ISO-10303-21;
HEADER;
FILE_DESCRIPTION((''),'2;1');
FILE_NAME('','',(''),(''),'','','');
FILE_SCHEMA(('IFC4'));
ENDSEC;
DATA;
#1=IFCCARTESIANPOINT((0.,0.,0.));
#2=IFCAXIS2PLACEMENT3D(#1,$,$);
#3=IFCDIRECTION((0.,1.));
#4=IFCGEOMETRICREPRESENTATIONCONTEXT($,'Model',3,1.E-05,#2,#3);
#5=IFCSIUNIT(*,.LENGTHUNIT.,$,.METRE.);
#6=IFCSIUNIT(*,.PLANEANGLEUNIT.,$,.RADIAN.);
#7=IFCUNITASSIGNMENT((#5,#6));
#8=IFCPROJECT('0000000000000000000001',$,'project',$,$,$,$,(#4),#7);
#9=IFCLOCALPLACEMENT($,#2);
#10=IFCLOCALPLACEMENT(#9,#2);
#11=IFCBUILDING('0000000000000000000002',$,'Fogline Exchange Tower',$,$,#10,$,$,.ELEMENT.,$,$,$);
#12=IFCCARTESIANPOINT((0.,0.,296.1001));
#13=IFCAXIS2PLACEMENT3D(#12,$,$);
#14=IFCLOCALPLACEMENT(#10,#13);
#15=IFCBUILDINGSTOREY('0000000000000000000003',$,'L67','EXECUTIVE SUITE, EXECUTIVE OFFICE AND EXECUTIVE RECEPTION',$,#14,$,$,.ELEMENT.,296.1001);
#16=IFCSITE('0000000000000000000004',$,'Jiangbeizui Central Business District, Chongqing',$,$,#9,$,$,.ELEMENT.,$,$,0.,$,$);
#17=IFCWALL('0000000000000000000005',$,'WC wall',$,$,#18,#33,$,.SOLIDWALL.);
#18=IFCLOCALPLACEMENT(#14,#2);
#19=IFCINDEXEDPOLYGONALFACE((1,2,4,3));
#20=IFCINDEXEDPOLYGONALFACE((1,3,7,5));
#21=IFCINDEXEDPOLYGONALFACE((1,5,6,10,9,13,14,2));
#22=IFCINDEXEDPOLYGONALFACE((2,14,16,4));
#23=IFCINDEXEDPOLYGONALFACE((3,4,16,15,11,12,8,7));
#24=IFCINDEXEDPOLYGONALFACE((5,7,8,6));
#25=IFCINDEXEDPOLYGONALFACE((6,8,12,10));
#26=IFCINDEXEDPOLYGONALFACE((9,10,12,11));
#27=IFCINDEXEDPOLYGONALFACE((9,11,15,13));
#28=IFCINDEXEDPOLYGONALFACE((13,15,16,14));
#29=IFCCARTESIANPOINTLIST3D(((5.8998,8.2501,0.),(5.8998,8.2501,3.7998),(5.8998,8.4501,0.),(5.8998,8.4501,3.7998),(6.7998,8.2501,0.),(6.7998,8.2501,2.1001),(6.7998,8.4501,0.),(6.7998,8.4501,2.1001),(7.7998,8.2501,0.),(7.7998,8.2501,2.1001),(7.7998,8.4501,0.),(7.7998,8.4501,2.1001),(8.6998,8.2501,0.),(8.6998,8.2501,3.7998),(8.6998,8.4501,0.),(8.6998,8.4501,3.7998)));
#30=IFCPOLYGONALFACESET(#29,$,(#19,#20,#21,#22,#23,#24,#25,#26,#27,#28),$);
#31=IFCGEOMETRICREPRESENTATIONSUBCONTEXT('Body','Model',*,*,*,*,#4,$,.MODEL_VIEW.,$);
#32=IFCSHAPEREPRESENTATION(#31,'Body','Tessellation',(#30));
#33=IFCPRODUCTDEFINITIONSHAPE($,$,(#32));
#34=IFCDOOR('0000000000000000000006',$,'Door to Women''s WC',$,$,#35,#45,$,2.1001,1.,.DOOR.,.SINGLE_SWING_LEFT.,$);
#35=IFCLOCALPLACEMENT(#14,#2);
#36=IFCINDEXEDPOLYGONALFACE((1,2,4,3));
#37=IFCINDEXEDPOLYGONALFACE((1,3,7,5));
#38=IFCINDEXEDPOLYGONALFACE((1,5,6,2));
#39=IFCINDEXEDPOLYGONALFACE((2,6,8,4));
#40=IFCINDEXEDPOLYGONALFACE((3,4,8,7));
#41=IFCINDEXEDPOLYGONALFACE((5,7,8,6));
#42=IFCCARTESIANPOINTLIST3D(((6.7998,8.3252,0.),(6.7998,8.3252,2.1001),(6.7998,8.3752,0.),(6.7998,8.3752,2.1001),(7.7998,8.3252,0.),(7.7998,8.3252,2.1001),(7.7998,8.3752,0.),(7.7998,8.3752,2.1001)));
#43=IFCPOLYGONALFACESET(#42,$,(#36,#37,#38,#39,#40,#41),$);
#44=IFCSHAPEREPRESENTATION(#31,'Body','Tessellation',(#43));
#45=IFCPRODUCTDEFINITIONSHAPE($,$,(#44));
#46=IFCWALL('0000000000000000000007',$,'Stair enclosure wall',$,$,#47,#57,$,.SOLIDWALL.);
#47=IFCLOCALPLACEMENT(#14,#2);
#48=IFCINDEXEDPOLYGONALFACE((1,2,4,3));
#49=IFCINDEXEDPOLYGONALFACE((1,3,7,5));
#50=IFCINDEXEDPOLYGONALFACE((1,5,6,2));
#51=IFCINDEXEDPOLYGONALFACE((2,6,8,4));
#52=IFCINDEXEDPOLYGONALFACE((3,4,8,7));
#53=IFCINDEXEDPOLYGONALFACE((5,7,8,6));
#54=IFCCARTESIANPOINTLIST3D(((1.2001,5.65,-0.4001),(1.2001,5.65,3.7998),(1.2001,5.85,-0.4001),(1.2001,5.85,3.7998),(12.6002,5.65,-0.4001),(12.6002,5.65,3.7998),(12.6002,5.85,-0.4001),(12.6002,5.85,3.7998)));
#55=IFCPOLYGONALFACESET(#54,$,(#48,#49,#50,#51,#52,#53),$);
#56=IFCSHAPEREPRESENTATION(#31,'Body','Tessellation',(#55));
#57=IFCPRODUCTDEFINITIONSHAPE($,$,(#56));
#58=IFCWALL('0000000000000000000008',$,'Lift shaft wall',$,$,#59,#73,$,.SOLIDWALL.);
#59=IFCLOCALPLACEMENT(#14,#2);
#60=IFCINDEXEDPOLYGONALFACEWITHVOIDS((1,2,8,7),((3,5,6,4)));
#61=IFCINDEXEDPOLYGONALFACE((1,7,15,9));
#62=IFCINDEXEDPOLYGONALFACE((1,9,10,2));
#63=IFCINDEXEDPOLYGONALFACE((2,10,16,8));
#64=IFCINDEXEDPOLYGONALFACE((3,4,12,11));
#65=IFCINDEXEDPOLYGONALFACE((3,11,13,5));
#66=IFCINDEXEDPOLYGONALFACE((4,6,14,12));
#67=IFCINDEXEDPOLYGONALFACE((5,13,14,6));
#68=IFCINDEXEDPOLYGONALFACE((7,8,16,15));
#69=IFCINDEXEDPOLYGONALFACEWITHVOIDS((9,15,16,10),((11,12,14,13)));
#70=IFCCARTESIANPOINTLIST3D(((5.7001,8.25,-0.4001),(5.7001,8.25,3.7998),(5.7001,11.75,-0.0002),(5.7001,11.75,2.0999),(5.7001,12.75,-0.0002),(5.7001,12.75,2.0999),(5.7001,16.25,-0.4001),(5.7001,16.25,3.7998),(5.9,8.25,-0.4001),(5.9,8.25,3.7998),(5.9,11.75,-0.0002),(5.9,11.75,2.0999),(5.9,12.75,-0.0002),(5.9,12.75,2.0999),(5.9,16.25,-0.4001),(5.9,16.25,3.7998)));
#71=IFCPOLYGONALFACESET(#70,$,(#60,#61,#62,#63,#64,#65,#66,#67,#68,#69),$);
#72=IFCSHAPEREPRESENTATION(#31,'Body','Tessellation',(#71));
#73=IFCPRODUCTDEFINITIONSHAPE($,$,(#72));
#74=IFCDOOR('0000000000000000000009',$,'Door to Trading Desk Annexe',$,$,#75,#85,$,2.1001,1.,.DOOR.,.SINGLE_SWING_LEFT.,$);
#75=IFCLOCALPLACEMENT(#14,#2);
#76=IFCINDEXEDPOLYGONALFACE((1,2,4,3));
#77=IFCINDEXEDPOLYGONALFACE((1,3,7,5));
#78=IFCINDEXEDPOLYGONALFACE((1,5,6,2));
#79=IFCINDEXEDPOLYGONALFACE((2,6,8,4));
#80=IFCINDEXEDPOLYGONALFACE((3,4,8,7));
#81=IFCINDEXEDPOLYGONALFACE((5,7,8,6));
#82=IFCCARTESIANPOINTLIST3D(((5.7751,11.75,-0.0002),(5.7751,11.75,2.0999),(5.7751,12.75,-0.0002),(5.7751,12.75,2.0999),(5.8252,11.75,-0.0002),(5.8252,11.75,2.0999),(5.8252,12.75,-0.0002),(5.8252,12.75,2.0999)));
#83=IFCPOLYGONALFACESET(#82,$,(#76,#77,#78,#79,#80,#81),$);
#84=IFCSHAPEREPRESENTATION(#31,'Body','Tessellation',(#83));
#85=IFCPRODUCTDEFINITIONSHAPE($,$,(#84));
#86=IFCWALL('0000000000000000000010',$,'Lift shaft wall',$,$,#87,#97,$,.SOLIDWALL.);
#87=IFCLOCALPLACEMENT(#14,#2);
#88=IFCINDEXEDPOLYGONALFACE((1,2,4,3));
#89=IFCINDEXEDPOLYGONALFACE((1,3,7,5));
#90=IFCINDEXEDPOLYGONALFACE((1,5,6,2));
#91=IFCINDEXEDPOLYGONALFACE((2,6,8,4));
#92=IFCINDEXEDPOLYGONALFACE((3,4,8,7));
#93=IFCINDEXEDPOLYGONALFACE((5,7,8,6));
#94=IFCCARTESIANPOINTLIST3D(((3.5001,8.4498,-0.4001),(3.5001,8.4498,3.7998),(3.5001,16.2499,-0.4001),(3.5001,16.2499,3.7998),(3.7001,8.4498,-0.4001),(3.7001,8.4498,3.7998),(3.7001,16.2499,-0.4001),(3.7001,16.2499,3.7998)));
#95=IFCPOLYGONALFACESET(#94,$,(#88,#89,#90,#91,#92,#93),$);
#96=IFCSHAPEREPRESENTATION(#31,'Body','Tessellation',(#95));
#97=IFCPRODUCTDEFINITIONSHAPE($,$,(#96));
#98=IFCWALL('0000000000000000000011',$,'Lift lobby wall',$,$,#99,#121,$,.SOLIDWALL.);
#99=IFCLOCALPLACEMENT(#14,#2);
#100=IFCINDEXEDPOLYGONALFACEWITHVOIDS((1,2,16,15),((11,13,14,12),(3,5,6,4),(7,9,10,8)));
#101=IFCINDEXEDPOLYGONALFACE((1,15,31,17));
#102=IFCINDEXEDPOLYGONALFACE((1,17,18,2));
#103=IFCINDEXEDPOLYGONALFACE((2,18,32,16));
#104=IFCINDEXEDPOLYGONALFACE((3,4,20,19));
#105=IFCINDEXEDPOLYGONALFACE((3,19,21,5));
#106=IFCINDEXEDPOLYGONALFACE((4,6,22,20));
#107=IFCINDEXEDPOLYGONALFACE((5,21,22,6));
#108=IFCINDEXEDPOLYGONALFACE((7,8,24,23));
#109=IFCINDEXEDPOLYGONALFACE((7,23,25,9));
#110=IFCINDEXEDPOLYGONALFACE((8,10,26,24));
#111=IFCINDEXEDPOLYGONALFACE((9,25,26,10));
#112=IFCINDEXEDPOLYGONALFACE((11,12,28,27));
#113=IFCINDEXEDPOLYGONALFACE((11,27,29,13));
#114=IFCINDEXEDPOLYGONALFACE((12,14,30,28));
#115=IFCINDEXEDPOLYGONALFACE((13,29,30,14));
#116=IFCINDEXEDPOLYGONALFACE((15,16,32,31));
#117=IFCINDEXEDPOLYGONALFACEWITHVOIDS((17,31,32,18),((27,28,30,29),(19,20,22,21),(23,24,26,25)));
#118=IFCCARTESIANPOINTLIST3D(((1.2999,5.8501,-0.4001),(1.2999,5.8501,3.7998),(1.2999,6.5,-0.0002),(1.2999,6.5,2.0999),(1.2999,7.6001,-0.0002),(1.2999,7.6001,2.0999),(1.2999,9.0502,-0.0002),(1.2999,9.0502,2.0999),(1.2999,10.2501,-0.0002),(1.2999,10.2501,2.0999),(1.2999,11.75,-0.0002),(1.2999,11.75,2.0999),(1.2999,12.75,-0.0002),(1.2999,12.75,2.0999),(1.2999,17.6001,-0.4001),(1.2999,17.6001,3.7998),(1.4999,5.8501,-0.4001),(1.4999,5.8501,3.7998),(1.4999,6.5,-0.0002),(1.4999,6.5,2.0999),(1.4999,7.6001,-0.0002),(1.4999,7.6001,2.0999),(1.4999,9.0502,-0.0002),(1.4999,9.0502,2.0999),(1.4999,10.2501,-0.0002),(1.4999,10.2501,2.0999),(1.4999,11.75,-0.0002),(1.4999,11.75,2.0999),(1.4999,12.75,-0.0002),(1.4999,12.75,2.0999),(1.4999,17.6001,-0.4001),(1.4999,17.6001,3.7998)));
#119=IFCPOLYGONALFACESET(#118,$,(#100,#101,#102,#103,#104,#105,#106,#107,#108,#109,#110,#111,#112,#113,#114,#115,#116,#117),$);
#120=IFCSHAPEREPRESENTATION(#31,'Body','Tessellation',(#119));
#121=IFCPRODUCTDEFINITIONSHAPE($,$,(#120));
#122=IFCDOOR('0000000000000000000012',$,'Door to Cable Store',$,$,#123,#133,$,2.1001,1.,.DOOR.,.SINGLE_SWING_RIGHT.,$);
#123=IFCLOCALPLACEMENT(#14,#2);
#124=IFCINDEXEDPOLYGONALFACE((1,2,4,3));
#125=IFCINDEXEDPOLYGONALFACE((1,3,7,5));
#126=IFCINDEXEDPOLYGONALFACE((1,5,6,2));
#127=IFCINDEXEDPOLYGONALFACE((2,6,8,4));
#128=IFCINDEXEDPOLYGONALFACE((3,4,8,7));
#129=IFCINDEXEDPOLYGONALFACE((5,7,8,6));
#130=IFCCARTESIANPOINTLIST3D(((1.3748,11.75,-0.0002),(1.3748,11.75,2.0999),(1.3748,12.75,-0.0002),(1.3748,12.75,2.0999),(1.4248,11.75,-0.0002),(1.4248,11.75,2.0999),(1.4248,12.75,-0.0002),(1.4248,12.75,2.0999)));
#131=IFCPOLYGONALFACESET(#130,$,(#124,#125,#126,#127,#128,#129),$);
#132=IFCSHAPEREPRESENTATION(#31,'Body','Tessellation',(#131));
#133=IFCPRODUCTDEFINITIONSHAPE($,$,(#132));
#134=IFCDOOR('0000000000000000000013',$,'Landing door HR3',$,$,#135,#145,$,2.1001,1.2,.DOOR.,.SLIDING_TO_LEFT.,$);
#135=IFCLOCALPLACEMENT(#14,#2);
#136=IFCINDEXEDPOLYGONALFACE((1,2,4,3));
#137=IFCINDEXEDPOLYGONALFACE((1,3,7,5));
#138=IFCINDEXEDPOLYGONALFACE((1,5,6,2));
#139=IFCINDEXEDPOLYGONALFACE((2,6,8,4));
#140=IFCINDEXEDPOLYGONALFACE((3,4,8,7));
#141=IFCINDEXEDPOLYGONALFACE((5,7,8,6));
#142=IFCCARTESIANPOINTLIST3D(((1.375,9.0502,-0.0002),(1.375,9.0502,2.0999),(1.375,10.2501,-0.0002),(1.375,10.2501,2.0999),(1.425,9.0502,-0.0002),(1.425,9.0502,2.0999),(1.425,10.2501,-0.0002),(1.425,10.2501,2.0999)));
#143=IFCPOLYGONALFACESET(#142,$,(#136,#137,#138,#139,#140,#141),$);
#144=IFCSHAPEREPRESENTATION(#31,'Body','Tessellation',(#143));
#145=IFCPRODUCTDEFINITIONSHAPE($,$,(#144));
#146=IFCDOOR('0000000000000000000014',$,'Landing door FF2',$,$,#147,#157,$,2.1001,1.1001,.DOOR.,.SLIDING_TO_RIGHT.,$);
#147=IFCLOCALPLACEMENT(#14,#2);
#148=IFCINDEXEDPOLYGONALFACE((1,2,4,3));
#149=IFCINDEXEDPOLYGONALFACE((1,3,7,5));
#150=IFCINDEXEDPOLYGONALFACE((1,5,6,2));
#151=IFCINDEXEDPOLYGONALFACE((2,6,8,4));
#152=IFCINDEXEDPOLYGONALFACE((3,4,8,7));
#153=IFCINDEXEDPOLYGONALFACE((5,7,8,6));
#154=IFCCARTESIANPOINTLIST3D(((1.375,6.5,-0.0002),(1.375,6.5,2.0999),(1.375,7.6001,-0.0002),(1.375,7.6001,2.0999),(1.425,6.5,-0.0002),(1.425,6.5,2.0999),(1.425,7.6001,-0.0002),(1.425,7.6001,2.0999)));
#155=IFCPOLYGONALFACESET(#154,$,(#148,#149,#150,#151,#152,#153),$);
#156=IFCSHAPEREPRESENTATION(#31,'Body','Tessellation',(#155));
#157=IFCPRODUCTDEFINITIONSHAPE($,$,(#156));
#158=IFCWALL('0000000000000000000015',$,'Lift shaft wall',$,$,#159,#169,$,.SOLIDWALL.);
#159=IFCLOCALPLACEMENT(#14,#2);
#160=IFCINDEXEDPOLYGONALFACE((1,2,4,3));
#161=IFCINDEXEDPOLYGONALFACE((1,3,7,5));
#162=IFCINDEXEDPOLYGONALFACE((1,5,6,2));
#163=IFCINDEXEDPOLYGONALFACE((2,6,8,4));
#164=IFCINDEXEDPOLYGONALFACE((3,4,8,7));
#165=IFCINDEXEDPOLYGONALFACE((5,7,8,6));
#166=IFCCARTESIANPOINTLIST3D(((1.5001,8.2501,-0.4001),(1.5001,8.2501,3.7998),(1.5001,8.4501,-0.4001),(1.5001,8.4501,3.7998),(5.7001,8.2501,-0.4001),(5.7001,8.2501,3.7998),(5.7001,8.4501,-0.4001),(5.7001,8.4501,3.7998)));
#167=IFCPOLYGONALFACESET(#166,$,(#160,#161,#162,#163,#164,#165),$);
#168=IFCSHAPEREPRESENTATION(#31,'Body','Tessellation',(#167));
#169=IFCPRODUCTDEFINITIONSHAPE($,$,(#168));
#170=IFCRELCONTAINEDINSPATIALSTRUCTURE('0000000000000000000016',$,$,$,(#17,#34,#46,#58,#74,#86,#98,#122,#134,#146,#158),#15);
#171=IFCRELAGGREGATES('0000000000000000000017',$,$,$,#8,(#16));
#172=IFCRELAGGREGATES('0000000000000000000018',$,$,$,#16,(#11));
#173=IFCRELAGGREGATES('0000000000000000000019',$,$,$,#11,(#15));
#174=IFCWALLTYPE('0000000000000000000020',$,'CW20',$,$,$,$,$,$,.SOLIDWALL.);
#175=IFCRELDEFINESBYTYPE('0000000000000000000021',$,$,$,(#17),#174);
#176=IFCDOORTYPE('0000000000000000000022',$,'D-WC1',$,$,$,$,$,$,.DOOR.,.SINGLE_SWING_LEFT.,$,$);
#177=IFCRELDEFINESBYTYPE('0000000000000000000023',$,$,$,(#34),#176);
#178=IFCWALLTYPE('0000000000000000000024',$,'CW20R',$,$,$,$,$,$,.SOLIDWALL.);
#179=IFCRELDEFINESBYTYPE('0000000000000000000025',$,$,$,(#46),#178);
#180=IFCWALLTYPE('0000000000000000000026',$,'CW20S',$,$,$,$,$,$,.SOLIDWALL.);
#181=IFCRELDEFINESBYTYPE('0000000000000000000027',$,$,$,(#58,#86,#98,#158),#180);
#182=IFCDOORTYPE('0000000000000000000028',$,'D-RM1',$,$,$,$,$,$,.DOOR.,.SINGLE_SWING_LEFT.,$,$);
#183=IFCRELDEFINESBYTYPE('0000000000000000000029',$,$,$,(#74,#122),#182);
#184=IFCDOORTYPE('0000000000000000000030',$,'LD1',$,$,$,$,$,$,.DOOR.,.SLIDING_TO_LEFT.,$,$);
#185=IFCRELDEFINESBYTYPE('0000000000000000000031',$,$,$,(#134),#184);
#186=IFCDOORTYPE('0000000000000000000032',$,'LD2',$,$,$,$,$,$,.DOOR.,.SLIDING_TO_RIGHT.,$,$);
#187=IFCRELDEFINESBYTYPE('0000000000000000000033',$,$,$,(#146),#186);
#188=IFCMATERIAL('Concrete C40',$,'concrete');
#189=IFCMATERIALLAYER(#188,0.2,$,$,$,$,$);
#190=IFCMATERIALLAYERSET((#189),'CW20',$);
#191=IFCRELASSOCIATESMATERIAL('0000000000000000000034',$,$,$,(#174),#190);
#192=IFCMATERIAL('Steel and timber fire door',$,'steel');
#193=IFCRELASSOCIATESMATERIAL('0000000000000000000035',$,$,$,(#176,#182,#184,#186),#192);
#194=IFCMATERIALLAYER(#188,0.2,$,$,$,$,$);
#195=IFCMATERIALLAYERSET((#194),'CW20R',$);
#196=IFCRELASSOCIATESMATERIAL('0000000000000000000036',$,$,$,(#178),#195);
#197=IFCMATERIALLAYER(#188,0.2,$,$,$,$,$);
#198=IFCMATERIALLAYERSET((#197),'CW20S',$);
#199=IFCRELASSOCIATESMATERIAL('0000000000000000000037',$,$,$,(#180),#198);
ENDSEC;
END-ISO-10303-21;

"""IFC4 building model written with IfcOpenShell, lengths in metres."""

from ifc_helpers import new_model, si_unit, direction, frame, frame_2d, origin, place, context, subcontext, project, spatial, rectangle, extrude, material, layer, layer_set, type_object, element, fill, save


model = new_model("IFC4")

# Units and contexts
model_context = context("Model", 3, precision=1e-05, world=origin(), true_north=direction((0.0, 1.0)))
body_context = subcontext(model_context, "Body", "Model", "MODEL_VIEW")
ifc_project = project(units=[si_unit("LENGTHUNIT", "METRE"), si_unit("PLANEANGLEUNIT", "RADIAN")], contexts=[model_context])

# Site, building, storey
site_placement = place(None, origin())
site = spatial("IfcSite", under=ifc_project, at=site_placement, Name="Jiangbeizui Central Business District, Chongqing", CompositionType="ELEMENT", RefElevation=0.0)
building_placement = place(site_placement, origin())
building = spatial("IfcBuilding", under=site, at=building_placement, Name="Fogline Exchange Tower", CompositionType="ELEMENT")
storey_placement = place(building_placement, frame((0.0, 0.0, 296.1001)))
storey = spatial("IfcBuildingStorey", under=building, at=storey_placement, Name="L67", Description="EXECUTIVE SUITE, EXECUTIVE OFFICE AND EXECUTIVE RECEPTION", CompositionType="ELEMENT", Elevation=296.1001)

# Shared definitions
ifc_material_1 = material(Name="Concrete C40", Category="concrete")

# Wall, opening, door
ifc_layer_1 = layer(ifc_material_1, 0.2)
ifc_layer_set_1 = layer_set([ifc_layer_1], Name="CW20")
wall_type_1 = type_object("IfcWallType", Name="CW20", PredefinedType="SOLIDWALL", material=ifc_layer_set_1)
wall_1_placement = place(storey_placement, frame((5.8999, 8.3501, 0.0), z_axis=(0.0, 0.0, 1.0), x_axis=(1.0, 0.0, 0.0)))
wall_1 = element("IfcWall", 1, at=wall_1_placement, inside=storey, type_object=wall_type_1, Name="WC wall", PredefinedType="SOLIDWALL", context=body_context, shape_type="SweptSolid", body=[
    extrude(rectangle(XDim=2.8, YDim=0.2, at=frame_2d((1.3999, 0.0))), origin(), (0.0, 0.0, 1.0), 3.7998),
])
opening_1_placement = place(wall_1_placement, frame((0.8999, 0.0, 0.0)))
opening_1 = element("IfcOpeningElement", 2, at=opening_1_placement, cuts=wall_1, PredefinedType="OPENING", context=body_context, shape_type="SweptSolid", body=[
    extrude(rectangle(XDim=1.0, YDim=2.1001, at=frame_2d((0.5, 1.05))), frame((0.0, 0.1099, 0.0), z_axis=(0.0, -1.0, 0.0), x_axis=(1.0, 0.0, 0.0)), (0.0, 0.0, 1.0), 0.22),
])
ifc_material_2 = material(Name="Steel and timber fire door", Category="steel")
door_type_1 = type_object("IfcDoorType", Name="D-WC1", OperationType="SINGLE_SWING_LEFT", PredefinedType="DOOR", material=ifc_material_2)
door_1_placement = place(opening_1_placement, frame((1.0, 0.0, 0.0), z_axis=(0.0, 0.0, 1.0), x_axis=(-1.0, 0.0, 0.0)))
door_1 = element("IfcDoor", 3, at=door_1_placement, inside=storey, type_object=door_type_1, Name="Door to Women's WC", OperationType="SINGLE_SWING_LEFT", OverallHeight=2.1001, OverallWidth=1.0, PredefinedType="DOOR", context=body_context, shape_type="SweptSolid", body=[
    extrude(rectangle(XDim=1.0, YDim=2.1001, at=frame_2d((0.5, 1.05))), frame((0.0, 0.0249, 0.0), z_axis=(0.0, -1.0, 0.0), x_axis=(1.0, 0.0, 0.0)), (0.0, 0.0, 1.0), 0.05),
])
fill(opening_1, door_1)

# Wall
ifc_layer_2 = layer(ifc_material_1, 0.2)
ifc_layer_set_2 = layer_set([ifc_layer_2], Name="CW20R")
wall_type_2 = type_object("IfcWallType", Name="CW20R", PredefinedType="SOLIDWALL", material=ifc_layer_set_2)
wall_2_placement = place(storey_placement, frame((1.2, 5.75, -0.4001), z_axis=(0.0, 0.0, 1.0), x_axis=(1.0, 0.0, 0.0)))
element("IfcWall", 4, at=wall_2_placement, inside=storey, type_object=wall_type_2, Name="Stair enclosure wall", PredefinedType="SOLIDWALL", context=body_context, shape_type="SweptSolid", body=[
    extrude(rectangle(XDim=11.4001, YDim=0.2, at=frame_2d((5.7002, 0.0))), origin(), (0.0, 0.0, 1.0), 4.2),
])

# Wall, opening, door
ifc_layer_3 = layer(ifc_material_1, 0.2)
ifc_layer_set_3 = layer_set([ifc_layer_3], Name="CW20S")
wall_type_3 = type_object("IfcWallType", Name="CW20S", PredefinedType="SOLIDWALL", material=ifc_layer_set_3)
wall_3_placement = place(storey_placement, frame((5.8, 8.25, -0.4001), z_axis=(0.0, 0.0, 1.0), x_axis=(0.0, 1.0, 0.0)))
wall_3 = element("IfcWall", 5, at=wall_3_placement, inside=storey, type_object=wall_type_3, Name="Lift shaft wall", PredefinedType="SOLIDWALL", context=body_context, shape_type="SweptSolid", body=[
    extrude(rectangle(XDim=8.0, YDim=0.2, at=frame_2d((4.0, 0.0))), origin(), (0.0, 0.0, 1.0), 4.2),
])
opening_2_placement = place(wall_3_placement, frame((3.5, 0.0, 0.3999)))
opening_2 = element("IfcOpeningElement", 6, at=opening_2_placement, cuts=wall_3, PredefinedType="OPENING", context=body_context, shape_type="SweptSolid", body=[
    extrude(rectangle(XDim=1.0, YDim=2.1001, at=frame_2d((0.5, 1.05))), frame((0.0, 0.1099, 0.0), z_axis=(0.0, -1.0, 0.0), x_axis=(1.0, 0.0, 0.0)), (0.0, 0.0, 1.0), 0.22),
])
door_type_2 = type_object("IfcDoorType", Name="D-RM1", OperationType="SINGLE_SWING_LEFT", PredefinedType="DOOR", material=ifc_material_2)
door_2_placement = place(opening_2_placement, origin())
door_2 = element("IfcDoor", 7, at=door_2_placement, inside=storey, type_object=door_type_2, Name="Door to Trading Desk Annexe", OperationType="SINGLE_SWING_LEFT", OverallHeight=2.1001, OverallWidth=1.0, PredefinedType="DOOR", context=body_context, shape_type="SweptSolid", body=[
    extrude(rectangle(XDim=1.0, YDim=2.1001, at=frame_2d((0.5, 1.05))), frame((0.0, 0.0249, 0.0), z_axis=(0.0, -1.0, 0.0), x_axis=(1.0, 0.0, 0.0)), (0.0, 0.0, 1.0), 0.05),
])
fill(opening_2, door_2)

# Wall
wall_4_placement = place(storey_placement, frame((3.6001, 8.45, -0.4001), z_axis=(0.0, 0.0, 1.0), x_axis=(0.0, 1.0, 0.0)))
element("IfcWall", 8, at=wall_4_placement, inside=storey, type_object=wall_type_3, Name="Lift shaft wall", PredefinedType="SOLIDWALL", context=body_context, shape_type="SweptSolid", body=[
    extrude(rectangle(XDim=7.8, YDim=0.2, at=frame_2d((3.8999, 0.0))), origin(), (0.0, 0.0, 1.0), 4.2),
])

# Wall, openings, doors
wall_5_placement = place(storey_placement, frame((1.3999, 5.8501, -0.4001), z_axis=(0.0, 0.0, 1.0), x_axis=(0.0, 1.0, 0.0)))
wall_5 = element("IfcWall", 9, at=wall_5_placement, inside=storey, type_object=wall_type_3, Name="Lift lobby wall", PredefinedType="SOLIDWALL", context=body_context, shape_type="SweptSolid", body=[
    extrude(rectangle(XDim=11.75, YDim=0.2, at=frame_2d((5.875, 0.0))), origin(), (0.0, 0.0, 1.0), 4.2),
])
opening_3_placement = place(wall_5_placement, frame((3.2, 0.0, 0.3999)))
opening_3 = element("IfcOpeningElement", 10, at=opening_3_placement, cuts=wall_5, PredefinedType="OPENING", context=body_context, shape_type="SweptSolid", body=[
    extrude(rectangle(XDim=1.2, YDim=2.1001, at=frame_2d((0.6001, 1.05))), frame((0.0, 0.1099, 0.0), z_axis=(0.0, -1.0, 0.0), x_axis=(1.0, 0.0, 0.0)), (0.0, 0.0, 1.0), 0.22),
])
opening_4_placement = place(wall_5_placement, frame((0.6499, 0.0, 0.3999)))
opening_4 = element("IfcOpeningElement", 11, at=opening_4_placement, cuts=wall_5, PredefinedType="OPENING", context=body_context, shape_type="SweptSolid", body=[
    extrude(rectangle(XDim=1.1001, YDim=2.1001, at=frame_2d((0.55, 1.05))), frame((0.0, 0.1099, 0.0), z_axis=(0.0, -1.0, 0.0), x_axis=(1.0, 0.0, 0.0)), (0.0, 0.0, 1.0), 0.22),
])
opening_5_placement = place(wall_5_placement, frame((5.8999, 0.0, 0.3999)))
opening_5 = element("IfcOpeningElement", 12, at=opening_5_placement, cuts=wall_5, PredefinedType="OPENING", context=body_context, shape_type="SweptSolid", body=[
    extrude(rectangle(XDim=1.0, YDim=2.1001, at=frame_2d((0.5, 1.05))), frame((0.0, 0.1099, 0.0), z_axis=(0.0, -1.0, 0.0), x_axis=(1.0, 0.0, 0.0)), (0.0, 0.0, 1.0), 0.22),
])
door_3_placement = place(opening_5_placement, frame((1.0, 0.0, 0.0), z_axis=(0.0, 0.0, 1.0), x_axis=(-1.0, 0.0, 0.0)))
door_3 = element("IfcDoor", 13, at=door_3_placement, inside=storey, type_object=door_type_2, Name="Door to Cable Store", OperationType="SINGLE_SWING_RIGHT", OverallHeight=2.1001, OverallWidth=1.0, PredefinedType="DOOR", context=body_context, shape_type="SweptSolid", body=[
    extrude(rectangle(XDim=1.0, YDim=2.1001, at=frame_2d((0.5, 1.05))), frame((0.0, 0.0249, 0.0), z_axis=(0.0, -1.0, 0.0), x_axis=(1.0, 0.0, 0.0)), (0.0, 0.0, 1.0), 0.05),
])
fill(opening_5, door_3)
door_type_3 = type_object("IfcDoorType", Name="LD1", OperationType="SLIDING_TO_LEFT", PredefinedType="DOOR", material=ifc_material_2)
door_4_placement = place(opening_3_placement, origin())
door_4 = element("IfcDoor", 14, at=door_4_placement, inside=storey, type_object=door_type_3, Name="Landing door HR3", OperationType="SLIDING_TO_LEFT", OverallHeight=2.1001, OverallWidth=1.2, PredefinedType="DOOR", context=body_context, shape_type="SweptSolid", body=[
    extrude(rectangle(XDim=1.2, YDim=2.1001, at=frame_2d((0.6001, 1.05))), frame((0.0, 0.0249, 0.0), z_axis=(0.0, -1.0, 0.0), x_axis=(1.0, 0.0, 0.0)), (0.0, 0.0, 1.0), 0.05),
])
fill(opening_3, door_4)
door_type_4 = type_object("IfcDoorType", Name="LD2", OperationType="SLIDING_TO_RIGHT", PredefinedType="DOOR", material=ifc_material_2)
door_5_placement = place(opening_4_placement, origin())
door_5 = element("IfcDoor", 15, at=door_5_placement, inside=storey, type_object=door_type_4, Name="Landing door FF2", OperationType="SLIDING_TO_RIGHT", OverallHeight=2.1001, OverallWidth=1.1001, PredefinedType="DOOR", context=body_context, shape_type="SweptSolid", body=[
    extrude(rectangle(XDim=1.1001, YDim=2.1001, at=frame_2d((0.55, 1.05))), frame((0.0, 0.0249, 0.0), z_axis=(0.0, -1.0, 0.0), x_axis=(1.0, 0.0, 0.0)), (0.0, 0.0, 1.0), 0.05),
])
fill(opening_4, door_5)

# Wall
wall_6_placement = place(storey_placement, frame((1.5, 8.3501, -0.4001), z_axis=(0.0, 0.0, 1.0), x_axis=(1.0, 0.0, 0.0)))
element("IfcWall", 16, at=wall_6_placement, inside=storey, type_object=wall_type_3, Name="Lift shaft wall", PredefinedType="SOLIDWALL", context=body_context, shape_type="SweptSolid", body=[
    extrude(rectangle(XDim=4.2, YDim=0.2, at=frame_2d((2.1001, 0.0))), origin(), (0.0, 0.0, 1.0), 4.2),
])

save(model, "model.ifc")
